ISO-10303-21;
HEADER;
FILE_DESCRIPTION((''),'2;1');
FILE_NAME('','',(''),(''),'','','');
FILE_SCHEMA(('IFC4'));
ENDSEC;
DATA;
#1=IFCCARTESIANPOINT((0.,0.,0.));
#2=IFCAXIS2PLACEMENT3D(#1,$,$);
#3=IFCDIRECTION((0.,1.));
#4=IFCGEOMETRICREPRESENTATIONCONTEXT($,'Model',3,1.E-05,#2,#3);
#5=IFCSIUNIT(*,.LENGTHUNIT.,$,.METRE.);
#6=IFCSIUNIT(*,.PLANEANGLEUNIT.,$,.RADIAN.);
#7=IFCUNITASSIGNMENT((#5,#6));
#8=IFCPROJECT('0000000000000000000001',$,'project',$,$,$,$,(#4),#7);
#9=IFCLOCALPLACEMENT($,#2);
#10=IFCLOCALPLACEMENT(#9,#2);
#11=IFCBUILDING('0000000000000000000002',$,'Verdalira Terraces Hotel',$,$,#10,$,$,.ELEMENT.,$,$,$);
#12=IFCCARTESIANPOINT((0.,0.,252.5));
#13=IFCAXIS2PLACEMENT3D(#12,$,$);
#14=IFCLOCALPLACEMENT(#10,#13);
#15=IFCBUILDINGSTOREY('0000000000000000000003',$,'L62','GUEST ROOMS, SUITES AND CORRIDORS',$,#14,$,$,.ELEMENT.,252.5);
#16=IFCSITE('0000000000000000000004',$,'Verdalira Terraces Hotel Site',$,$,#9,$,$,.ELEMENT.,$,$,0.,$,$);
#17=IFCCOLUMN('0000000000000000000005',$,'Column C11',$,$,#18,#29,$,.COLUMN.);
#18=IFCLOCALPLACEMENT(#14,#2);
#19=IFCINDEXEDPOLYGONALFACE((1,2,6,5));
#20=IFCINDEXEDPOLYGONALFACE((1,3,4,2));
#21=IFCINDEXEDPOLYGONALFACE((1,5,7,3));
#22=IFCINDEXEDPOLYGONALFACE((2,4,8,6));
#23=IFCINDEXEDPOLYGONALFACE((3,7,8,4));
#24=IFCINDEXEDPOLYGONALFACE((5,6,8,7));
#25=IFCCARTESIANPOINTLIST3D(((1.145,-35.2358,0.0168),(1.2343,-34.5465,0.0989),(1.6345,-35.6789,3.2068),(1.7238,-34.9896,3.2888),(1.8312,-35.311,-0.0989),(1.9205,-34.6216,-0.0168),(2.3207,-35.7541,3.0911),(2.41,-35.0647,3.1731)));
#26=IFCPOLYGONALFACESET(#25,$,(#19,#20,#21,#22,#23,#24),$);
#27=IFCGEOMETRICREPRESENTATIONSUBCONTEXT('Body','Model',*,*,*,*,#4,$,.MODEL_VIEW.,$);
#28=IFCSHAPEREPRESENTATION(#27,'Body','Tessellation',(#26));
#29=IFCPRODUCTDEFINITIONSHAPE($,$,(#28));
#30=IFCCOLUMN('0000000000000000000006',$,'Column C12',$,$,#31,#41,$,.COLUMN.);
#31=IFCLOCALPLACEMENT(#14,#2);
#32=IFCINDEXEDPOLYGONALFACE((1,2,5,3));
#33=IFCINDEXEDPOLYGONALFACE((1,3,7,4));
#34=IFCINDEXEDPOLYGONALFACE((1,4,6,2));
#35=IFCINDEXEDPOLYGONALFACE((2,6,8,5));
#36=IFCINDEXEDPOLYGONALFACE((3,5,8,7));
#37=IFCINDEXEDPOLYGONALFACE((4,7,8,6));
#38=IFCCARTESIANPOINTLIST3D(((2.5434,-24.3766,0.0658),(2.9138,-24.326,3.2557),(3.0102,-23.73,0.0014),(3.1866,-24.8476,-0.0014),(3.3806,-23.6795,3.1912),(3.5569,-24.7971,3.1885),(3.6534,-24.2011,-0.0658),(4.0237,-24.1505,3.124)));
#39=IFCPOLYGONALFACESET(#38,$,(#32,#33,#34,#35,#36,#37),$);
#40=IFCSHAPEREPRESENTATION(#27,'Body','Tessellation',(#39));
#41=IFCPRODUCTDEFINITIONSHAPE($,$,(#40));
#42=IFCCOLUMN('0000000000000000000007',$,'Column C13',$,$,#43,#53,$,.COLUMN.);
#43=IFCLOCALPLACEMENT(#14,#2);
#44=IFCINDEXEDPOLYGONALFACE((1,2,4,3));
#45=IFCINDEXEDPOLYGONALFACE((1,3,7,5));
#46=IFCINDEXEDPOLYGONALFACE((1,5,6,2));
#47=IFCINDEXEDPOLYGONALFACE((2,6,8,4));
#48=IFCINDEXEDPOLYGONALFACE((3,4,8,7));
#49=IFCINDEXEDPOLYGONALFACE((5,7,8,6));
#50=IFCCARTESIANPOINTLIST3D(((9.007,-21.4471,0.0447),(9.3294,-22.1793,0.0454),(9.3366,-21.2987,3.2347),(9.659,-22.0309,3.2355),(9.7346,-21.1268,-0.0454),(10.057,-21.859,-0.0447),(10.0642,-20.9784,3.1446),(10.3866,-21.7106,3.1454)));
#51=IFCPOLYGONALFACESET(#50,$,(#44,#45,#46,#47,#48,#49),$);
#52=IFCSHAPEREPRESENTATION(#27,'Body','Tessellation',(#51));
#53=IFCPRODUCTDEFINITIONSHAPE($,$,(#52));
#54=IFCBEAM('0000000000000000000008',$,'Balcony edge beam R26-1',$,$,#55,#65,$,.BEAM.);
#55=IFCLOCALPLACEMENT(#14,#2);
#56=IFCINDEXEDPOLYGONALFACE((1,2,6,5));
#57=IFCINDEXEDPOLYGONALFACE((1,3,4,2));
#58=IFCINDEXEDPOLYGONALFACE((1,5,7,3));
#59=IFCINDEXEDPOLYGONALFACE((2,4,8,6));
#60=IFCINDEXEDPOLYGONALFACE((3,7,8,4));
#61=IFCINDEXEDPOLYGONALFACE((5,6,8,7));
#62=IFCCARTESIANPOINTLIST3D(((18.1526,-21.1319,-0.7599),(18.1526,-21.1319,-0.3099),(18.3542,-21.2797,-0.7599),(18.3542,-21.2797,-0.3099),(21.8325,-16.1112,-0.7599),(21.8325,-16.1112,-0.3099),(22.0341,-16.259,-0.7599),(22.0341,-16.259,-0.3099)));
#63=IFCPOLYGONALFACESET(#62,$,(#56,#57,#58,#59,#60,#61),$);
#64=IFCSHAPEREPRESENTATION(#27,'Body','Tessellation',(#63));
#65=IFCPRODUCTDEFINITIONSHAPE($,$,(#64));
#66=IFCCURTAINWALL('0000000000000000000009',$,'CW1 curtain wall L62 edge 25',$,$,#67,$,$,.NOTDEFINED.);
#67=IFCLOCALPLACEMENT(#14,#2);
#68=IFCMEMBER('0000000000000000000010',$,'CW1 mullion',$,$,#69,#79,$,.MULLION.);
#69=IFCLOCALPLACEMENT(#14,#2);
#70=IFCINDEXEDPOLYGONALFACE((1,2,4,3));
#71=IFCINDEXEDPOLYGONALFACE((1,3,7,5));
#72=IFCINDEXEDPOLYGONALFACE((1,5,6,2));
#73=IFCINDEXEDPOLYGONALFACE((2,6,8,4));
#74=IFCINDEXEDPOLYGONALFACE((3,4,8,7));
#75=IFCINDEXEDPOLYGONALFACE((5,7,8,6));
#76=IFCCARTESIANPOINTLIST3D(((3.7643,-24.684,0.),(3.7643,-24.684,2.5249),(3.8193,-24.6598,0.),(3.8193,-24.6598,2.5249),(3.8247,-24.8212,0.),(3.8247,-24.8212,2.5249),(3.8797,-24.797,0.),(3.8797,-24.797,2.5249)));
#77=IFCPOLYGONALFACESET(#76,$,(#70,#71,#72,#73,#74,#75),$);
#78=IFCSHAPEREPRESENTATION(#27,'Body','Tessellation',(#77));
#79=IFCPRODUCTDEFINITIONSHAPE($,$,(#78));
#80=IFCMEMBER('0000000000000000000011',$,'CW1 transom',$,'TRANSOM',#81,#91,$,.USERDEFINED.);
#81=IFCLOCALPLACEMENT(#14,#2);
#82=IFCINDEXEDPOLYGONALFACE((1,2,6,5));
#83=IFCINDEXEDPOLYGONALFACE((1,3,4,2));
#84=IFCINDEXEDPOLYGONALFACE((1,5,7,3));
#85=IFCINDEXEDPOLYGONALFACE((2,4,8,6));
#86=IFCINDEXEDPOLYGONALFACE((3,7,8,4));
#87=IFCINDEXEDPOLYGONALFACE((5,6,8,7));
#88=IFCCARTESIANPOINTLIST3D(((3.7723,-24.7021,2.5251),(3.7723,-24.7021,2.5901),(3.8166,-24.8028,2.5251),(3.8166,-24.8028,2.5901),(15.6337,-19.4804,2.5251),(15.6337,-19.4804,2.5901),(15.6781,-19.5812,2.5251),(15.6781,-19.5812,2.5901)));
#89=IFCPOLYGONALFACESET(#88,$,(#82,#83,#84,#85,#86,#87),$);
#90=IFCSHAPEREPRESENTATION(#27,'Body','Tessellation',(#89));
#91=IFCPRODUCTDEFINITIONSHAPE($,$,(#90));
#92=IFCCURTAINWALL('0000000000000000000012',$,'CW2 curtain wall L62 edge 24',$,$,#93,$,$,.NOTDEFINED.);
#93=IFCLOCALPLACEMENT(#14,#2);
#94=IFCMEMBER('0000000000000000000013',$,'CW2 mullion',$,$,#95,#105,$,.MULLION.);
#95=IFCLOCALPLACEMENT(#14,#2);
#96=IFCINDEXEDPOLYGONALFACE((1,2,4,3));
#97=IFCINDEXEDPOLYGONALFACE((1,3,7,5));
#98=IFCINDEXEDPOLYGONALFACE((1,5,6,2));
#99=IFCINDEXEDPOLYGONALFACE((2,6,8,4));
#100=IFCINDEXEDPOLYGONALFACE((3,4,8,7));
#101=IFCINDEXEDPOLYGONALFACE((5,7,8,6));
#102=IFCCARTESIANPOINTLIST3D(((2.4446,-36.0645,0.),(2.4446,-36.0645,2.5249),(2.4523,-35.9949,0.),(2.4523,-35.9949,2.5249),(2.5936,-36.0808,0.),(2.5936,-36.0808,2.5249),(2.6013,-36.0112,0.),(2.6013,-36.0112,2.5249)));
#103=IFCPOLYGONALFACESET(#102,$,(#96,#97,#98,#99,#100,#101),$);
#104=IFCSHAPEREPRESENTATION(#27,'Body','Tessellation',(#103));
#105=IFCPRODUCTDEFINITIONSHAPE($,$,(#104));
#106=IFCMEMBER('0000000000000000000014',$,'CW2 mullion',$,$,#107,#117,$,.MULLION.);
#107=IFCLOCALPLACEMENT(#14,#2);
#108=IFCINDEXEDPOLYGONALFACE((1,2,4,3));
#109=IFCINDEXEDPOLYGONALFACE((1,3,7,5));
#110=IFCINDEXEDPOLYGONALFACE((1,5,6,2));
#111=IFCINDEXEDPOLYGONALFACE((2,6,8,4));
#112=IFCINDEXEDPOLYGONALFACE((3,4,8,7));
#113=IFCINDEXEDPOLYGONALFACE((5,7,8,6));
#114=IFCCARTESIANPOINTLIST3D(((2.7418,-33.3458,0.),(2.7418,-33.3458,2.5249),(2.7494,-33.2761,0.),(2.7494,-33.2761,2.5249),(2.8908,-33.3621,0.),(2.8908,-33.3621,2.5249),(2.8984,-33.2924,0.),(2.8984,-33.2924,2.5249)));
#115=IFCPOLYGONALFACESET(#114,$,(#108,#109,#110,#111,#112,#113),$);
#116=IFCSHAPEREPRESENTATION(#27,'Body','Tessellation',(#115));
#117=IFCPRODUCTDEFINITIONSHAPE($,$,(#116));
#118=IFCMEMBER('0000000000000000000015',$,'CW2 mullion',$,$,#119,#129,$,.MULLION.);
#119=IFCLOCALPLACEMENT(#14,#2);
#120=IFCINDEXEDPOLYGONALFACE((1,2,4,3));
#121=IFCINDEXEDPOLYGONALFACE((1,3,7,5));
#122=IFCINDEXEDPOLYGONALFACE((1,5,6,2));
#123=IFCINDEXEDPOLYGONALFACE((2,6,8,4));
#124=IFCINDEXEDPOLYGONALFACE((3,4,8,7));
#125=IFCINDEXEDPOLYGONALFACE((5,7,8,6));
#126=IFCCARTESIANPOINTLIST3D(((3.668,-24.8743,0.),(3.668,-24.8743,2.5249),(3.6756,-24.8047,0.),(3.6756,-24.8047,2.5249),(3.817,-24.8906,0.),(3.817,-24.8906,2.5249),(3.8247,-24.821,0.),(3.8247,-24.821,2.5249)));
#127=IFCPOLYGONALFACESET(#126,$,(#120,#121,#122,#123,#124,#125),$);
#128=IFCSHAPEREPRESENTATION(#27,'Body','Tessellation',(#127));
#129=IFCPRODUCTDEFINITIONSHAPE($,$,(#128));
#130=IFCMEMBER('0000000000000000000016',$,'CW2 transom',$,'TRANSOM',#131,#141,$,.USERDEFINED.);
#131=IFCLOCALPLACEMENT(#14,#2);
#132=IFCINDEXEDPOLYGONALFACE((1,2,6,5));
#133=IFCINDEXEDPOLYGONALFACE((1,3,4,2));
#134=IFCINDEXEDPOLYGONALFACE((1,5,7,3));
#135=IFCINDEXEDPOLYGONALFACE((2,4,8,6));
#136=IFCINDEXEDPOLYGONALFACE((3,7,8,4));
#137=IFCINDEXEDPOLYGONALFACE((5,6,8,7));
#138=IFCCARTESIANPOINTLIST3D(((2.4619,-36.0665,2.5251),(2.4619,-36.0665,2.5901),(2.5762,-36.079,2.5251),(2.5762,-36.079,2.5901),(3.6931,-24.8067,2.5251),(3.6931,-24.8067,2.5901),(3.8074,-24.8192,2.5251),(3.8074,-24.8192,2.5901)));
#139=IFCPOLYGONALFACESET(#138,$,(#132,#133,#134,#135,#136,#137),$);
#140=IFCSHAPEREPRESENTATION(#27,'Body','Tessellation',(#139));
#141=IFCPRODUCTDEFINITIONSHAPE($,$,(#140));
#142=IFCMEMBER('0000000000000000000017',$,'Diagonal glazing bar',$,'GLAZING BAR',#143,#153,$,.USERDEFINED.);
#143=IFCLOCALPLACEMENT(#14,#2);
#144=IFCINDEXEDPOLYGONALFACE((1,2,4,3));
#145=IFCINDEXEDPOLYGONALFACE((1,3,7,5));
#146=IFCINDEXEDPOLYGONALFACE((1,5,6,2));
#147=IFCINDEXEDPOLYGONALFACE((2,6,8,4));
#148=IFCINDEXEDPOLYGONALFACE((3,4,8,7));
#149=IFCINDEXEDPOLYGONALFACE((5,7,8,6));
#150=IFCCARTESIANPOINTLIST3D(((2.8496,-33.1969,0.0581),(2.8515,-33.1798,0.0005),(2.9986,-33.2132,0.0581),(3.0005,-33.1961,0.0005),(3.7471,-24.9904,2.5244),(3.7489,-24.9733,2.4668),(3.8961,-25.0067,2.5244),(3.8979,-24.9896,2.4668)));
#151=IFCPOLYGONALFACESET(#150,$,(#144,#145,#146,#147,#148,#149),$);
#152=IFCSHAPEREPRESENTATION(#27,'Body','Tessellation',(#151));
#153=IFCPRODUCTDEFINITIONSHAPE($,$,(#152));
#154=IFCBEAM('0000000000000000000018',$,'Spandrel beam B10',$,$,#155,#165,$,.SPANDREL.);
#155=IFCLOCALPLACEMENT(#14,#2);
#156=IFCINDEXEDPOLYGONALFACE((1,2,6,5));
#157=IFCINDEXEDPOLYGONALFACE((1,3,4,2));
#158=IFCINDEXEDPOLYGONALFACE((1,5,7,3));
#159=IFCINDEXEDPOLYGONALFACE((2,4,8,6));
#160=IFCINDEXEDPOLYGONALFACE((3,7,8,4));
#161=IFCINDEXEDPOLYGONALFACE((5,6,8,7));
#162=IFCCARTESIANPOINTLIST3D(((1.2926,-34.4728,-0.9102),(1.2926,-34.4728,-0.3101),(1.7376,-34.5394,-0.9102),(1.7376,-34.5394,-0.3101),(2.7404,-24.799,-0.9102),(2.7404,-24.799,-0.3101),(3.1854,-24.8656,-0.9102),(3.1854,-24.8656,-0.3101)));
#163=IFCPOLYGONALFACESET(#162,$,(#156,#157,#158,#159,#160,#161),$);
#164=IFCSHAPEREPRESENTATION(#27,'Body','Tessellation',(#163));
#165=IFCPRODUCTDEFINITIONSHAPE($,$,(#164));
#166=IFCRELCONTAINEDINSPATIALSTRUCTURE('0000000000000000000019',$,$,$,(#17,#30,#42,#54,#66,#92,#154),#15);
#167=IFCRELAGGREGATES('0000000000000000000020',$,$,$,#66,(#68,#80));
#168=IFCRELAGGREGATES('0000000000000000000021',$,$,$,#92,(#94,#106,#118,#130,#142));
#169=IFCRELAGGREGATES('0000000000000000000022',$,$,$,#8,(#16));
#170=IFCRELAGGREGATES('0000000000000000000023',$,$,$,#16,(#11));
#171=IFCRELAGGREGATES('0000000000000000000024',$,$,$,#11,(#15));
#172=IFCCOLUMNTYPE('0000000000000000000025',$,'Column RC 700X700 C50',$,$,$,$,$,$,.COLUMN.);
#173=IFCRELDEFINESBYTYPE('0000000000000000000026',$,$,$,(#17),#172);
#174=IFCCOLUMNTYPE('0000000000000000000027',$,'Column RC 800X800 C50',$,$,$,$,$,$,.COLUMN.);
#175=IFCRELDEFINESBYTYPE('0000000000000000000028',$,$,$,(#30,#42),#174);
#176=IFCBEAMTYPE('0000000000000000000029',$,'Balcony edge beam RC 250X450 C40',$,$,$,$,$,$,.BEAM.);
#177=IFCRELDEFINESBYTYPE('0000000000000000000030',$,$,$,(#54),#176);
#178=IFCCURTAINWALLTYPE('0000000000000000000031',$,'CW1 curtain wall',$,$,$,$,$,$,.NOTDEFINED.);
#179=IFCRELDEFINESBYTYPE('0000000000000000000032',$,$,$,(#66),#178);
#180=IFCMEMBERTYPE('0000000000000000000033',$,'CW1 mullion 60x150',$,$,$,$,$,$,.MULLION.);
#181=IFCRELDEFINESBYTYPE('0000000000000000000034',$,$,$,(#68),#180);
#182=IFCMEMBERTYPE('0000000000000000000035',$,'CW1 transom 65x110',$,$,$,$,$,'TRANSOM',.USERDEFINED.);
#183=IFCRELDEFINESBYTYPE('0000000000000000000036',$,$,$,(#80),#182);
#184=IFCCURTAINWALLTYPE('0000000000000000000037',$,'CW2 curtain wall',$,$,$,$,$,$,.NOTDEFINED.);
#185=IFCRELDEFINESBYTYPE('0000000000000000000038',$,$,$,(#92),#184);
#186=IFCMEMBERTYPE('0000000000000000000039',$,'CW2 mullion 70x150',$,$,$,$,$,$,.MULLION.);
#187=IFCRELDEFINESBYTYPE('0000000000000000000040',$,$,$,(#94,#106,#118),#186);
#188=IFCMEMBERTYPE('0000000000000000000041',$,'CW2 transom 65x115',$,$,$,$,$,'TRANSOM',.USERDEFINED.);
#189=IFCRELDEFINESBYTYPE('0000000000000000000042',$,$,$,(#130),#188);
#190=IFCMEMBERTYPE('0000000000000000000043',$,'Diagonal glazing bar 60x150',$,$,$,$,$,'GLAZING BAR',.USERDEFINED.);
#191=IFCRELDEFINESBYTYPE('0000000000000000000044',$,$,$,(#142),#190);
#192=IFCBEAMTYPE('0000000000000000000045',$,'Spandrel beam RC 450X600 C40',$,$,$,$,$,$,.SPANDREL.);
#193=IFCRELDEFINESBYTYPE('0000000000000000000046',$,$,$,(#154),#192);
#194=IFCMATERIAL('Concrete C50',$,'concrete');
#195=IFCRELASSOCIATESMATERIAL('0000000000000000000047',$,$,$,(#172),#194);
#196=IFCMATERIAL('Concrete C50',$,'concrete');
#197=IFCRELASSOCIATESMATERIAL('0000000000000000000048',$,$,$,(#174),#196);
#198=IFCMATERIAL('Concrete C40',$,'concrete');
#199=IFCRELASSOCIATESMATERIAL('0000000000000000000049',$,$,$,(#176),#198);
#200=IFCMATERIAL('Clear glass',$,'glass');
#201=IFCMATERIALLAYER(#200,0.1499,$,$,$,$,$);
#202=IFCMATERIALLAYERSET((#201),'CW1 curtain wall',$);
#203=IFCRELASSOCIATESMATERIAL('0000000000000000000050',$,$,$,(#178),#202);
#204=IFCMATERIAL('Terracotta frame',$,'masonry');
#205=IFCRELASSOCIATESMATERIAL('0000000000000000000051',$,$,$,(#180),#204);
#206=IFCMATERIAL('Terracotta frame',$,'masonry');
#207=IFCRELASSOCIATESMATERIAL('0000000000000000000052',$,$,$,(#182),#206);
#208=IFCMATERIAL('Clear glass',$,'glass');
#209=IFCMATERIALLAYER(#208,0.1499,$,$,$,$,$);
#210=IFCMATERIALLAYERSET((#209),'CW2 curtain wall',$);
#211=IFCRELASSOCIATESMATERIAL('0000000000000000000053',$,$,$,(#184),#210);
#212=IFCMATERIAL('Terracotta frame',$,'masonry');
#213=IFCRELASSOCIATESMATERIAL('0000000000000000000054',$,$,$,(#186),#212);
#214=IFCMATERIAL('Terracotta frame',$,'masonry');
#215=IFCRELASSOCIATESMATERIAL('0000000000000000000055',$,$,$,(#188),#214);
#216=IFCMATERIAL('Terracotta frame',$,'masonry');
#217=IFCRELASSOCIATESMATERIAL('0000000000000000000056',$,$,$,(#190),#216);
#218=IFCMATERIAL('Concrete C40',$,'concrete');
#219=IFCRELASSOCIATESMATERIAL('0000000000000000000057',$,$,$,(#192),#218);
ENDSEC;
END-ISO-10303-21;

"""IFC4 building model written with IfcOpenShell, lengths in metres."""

from ifc_helpers import new_model, si_unit, direction, frame, origin, origin_2d, place, context, subcontext, project, spatial, rectangle, extrude, material, layer, layer_set, material_profile, profile_set, type_object, element, aggregate, save


model = new_model("IFC4")

# Units and contexts
model_context = context("Model", 3, precision=1e-05, world=origin(), true_north=direction((0.0, 1.0)))
body_context = subcontext(model_context, "Body", "Model", "MODEL_VIEW")
ifc_project = project(units=[si_unit("LENGTHUNIT", "METRE"), si_unit("PLANEANGLEUNIT", "RADIAN")], contexts=[model_context])

# Site, building, storey
site_placement = place(None, origin())
site = spatial("IfcSite", under=ifc_project, at=site_placement, Name="Verdalira Terraces Hotel Site", CompositionType="ELEMENT", RefElevation=0.0)
building_placement = place(site_placement, origin())
building = spatial("IfcBuilding", under=site, at=building_placement, Name="Verdalira Terraces Hotel", CompositionType="ELEMENT")
storey_placement = place(building_placement, frame((0.0, 0.0, 252.5)))
storey = spatial("IfcBuildingStorey", under=building, at=storey_placement, Name="L62", Description="GUEST ROOMS, SUITES AND CORRIDORS", CompositionType="ELEMENT", Elevation=252.5)

# Columns
ifc_material_1 = material(Name="Concrete C50", Category="concrete")
ifc_material_profile_1 = material_profile(ifc_material_1, rectangle(XDim=0.7, YDim=0.7, at=origin_2d()), Name="RC 700X700")
ifc_profile_set_1 = profile_set([ifc_material_profile_1], Name="Concrete C50")
column_type_1 = type_object("IfcColumnType", Name="Column RC 700X700 C50", PredefinedType="COLUMN", material=ifc_profile_set_1)
column_1_placement = place(storey_placement, frame((1.5327, -34.9287, 0.0), z_axis=(0.150266, -0.136027, 0.979243), x_axis=(0.127595, 0.984874, 0.117229)))
element("IfcColumn", 1, at=column_1_placement, inside=storey, type_object=column_type_1, Name="Column C11", PredefinedType="COLUMN", context=body_context, shape_type="SweptSolid", body=[
    extrude(rectangle(XDim=0.7, YDim=0.7, at=origin_2d()), origin(), (0.0, 0.0, 1.0), 3.2576),
])
ifc_material_2 = material(Name="Concrete C50", Category="concrete")
ifc_material_profile_2 = material_profile(ifc_material_2, rectangle(XDim=0.8, YDim=0.8, at=origin_2d()), Name="RC 800X800")
ifc_profile_set_2 = profile_set([ifc_material_profile_2], Name="Concrete C50")
column_type_2 = type_object("IfcColumnType", Name="Column RC 800X800 C50", PredefinedType="COLUMN", material=ifc_profile_set_2)
column_2_placement = place(storey_placement, frame((3.0984, -24.2888, 0.0), z_axis=(0.115314, 0.015735, 0.993204), x_axis=(-0.583465, -0.808134, 0.080545)))
element("IfcColumn", 2, at=column_2_placement, inside=storey, type_object=column_type_2, Name="Column C12", PredefinedType="COLUMN", context=body_context, shape_type="SweptSolid", body=[
    extrude(rectangle(XDim=0.8, YDim=0.8, at=origin_2d()), origin(), (0.0, 0.0, 1.0), 3.2117),
])
column_3_placement = place(storey_placement, frame((9.532, -21.6531, 0.0), z_axis=(0.102665, 0.046237, 0.993641), x_axis=(0.909427, 0.400332, -0.112592)))
element("IfcColumn", 3, at=column_3_placement, inside=storey, type_object=column_type_2, Name="Column C13", PredefinedType="COLUMN", context=body_context, shape_type="SweptSolid", body=[
    extrude(rectangle(XDim=0.8, YDim=0.8, at=origin_2d()), origin(), (0.0, 0.0, 1.0), 3.2104),
])

# Beam
ifc_material_3 = material(Name="Concrete C40", Category="concrete")
ifc_material_profile_3 = material_profile(ifc_material_3, rectangle(XDim=0.25, YDim=0.45, at=origin_2d()), Name="RC 250X450")
ifc_profile_set_3 = profile_set([ifc_material_profile_3], Name="Concrete C40")
beam_type_1 = type_object("IfcBeamType", Name="Balcony edge beam RC 250X450 C40", PredefinedType="BEAM", material=ifc_profile_set_3)
beam_1_placement = place(storey_placement, frame((18.2534, -21.2058, -0.5349), z_axis=(0.59116, 0.806555, 0.0), x_axis=(-0.806555, 0.59116, 0.0)))
element("IfcBeam", 4, at=beam_1_placement, inside=storey, type_object=beam_type_1, Name="Balcony edge beam R26-1", PredefinedType="BEAM", context=body_context, shape_type="SweptSolid", body=[
    extrude(rectangle(XDim=0.25, YDim=0.45, at=origin_2d()), origin(), (0.0, 0.0, 1.0), 6.2249),
])

# Curtain walls, members
ifc_material_4 = material(Name="Clear glass", Category="glass")
ifc_layer_1 = layer(ifc_material_4, 0.1499)
ifc_layer_set_1 = layer_set([ifc_layer_1], Name="CW1 curtain wall")
curtain_wall_type_1 = type_object("IfcCurtainWallType", Name="CW1 curtain wall", PredefinedType="NOTDEFINED", material=ifc_layer_set_1)
curtain_wall_1_placement = place(storey_placement, origin())
curtain_wall_1 = element("IfcCurtainWall", 5, at=curtain_wall_1_placement, inside=storey, type_object=curtain_wall_type_1, Name="CW1 curtain wall L62 edge 25", PredefinedType="NOTDEFINED")
ifc_material_5 = material(Name="Terracotta frame", Category="masonry")
ifc_material_profile_4 = material_profile(ifc_material_5, rectangle(XDim=0.0601, YDim=0.1499, at=origin_2d()), Name="MU 60x150")
ifc_profile_set_4 = profile_set([ifc_material_profile_4], Name="Terracotta frame")
member_type_1 = type_object("IfcMemberType", Name="CW1 mullion 60x150", PredefinedType="MULLION", material=ifc_profile_set_4)
member_1_placement = place(storey_placement, frame((3.822, -24.7405, 0.0), z_axis=(0.0, 0.0, 1.0), x_axis=(0.915241, 0.402906, 0.0)))
member_1 = element("IfcMember", 6, at=member_1_placement, type_object=member_type_1, Name="CW1 mullion", PredefinedType="MULLION", context=body_context, shape_type="SweptSolid", body=[
    extrude(rectangle(XDim=0.0601, YDim=0.1499, at=origin_2d()), origin(), (0.0, 0.0, 1.0), 2.5249),
])
ifc_material_6 = material(Name="Terracotta frame", Category="masonry")
ifc_material_profile_5 = material_profile(ifc_material_6, rectangle(XDim=0.1101, YDim=0.0649, at=origin_2d()), Name="TR 65x110")
ifc_profile_set_5 = profile_set([ifc_material_profile_5], Name="Terracotta frame")
member_type_2 = type_object("IfcMemberType", Name="CW1 transom 65x110", ElementType="TRANSOM", PredefinedType="USERDEFINED", material=ifc_profile_set_5)
member_2_placement = place(storey_placement, frame((3.7944, -24.7524, 2.5576), z_axis=(0.915241, 0.402906, 0.0), x_axis=(-0.402906, 0.915241, 0.0)))
member_2 = element("IfcMember", 7, at=member_2_placement, type_object=member_type_2, Name="CW1 transom", ObjectType="TRANSOM", PredefinedType="USERDEFINED", context=body_context, shape_type="SweptSolid", body=[
    extrude(rectangle(XDim=0.1101, YDim=0.0649, at=origin_2d()), origin(), (0.0, 0.0, 1.0), 12.96),
])
ifc_material_7 = material(Name="Clear glass", Category="glass")
ifc_layer_2 = layer(ifc_material_7, 0.1499)
ifc_layer_set_2 = layer_set([ifc_layer_2], Name="CW2 curtain wall")
curtain_wall_type_2 = type_object("IfcCurtainWallType", Name="CW2 curtain wall", PredefinedType="NOTDEFINED", material=ifc_layer_set_2)
curtain_wall_2_placement = place(storey_placement, origin())
curtain_wall_2 = element("IfcCurtainWall", 8, at=curtain_wall_2_placement, inside=storey, type_object=curtain_wall_type_2, Name="CW2 curtain wall L62 edge 24", PredefinedType="NOTDEFINED")
ifc_material_8 = material(Name="Terracotta frame", Category="masonry")
ifc_material_profile_6 = material_profile(ifc_material_8, rectangle(XDim=0.0701, YDim=0.1499, at=origin_2d()), Name="MU 70x150")
ifc_profile_set_6 = profile_set([ifc_material_profile_6], Name="Terracotta frame")
member_type_3 = type_object("IfcMemberType", Name="CW2 mullion 70x150", PredefinedType="MULLION", material=ifc_profile_set_6)
member_3_placement = place(storey_placement, frame((2.5229, -36.0378, 0.0), z_axis=(0.0, 0.0, 1.0), x_axis=(0.108693, 0.994075, 0.0)))
member_3 = element("IfcMember", 9, at=member_3_placement, type_object=member_type_3, Name="CW2 mullion", PredefinedType="MULLION", context=body_context, shape_type="SweptSolid", body=[
    extrude(rectangle(XDim=0.0701, YDim=0.1499, at=origin_2d()), origin(), (0.0, 0.0, 1.0), 2.5249),
])
member_4_placement = place(storey_placement, frame((2.8201, -33.3191, 0.0), z_axis=(0.0, 0.0, 1.0), x_axis=(0.108693, 0.994075, 0.0)))
member_4 = element("IfcMember", 10, at=member_4_placement, type_object=member_type_3, Name="CW2 mullion", PredefinedType="MULLION", context=body_context, shape_type="SweptSolid", body=[
    extrude(rectangle(XDim=0.0701, YDim=0.1499, at=origin_2d()), origin(), (0.0, 0.0, 1.0), 2.5249),
])
member_5_placement = place(storey_placement, frame((3.7463, -24.8477, 0.0), z_axis=(0.0, 0.0, 1.0), x_axis=(0.108693, 0.994075, 0.0)))
member_5 = element("IfcMember", 11, at=member_5_placement, type_object=member_type_3, Name="CW2 mullion", PredefinedType="MULLION", context=body_context, shape_type="SweptSolid", body=[
    extrude(rectangle(XDim=0.0701, YDim=0.1499, at=origin_2d()), origin(), (0.0, 0.0, 1.0), 2.5249),
])
ifc_material_9 = material(Name="Terracotta frame", Category="masonry")
ifc_material_profile_7 = material_profile(ifc_material_9, rectangle(XDim=0.115, YDim=0.0649, at=origin_2d()), Name="TR 65x115")
ifc_profile_set_7 = profile_set([ifc_material_profile_7], Name="Terracotta frame")
member_type_4 = type_object("IfcMemberType", Name="CW2 transom 65x115", ElementType="TRANSOM", PredefinedType="USERDEFINED", material=ifc_profile_set_7)
member_6_placement = place(storey_placement, frame((2.519, -36.0728, 2.5576), z_axis=(0.108697, 0.994075, 0.0), x_axis=(-0.994075, 0.108697, 0.0)))
member_6 = element("IfcMember", 12, at=member_6_placement, type_object=member_type_4, Name="CW2 transom", ObjectType="TRANSOM", PredefinedType="USERDEFINED", context=body_context, shape_type="SweptSolid", body=[
    extrude(rectangle(XDim=0.115, YDim=0.0649, at=origin_2d()), origin(), (0.0, 0.0, 1.0), 11.3269),
])
ifc_material_10 = material(Name="Terracotta frame", Category="masonry")
ifc_material_profile_8 = material_profile(ifc_material_10, rectangle(XDim=0.1499, YDim=0.0601, at=origin_2d()), Name="GB 60x150")
ifc_profile_set_8 = profile_set([ifc_material_profile_8], Name="Terracotta frame")
member_type_5 = type_object("IfcMemberType", Name="Diagonal glazing bar 60x150", ElementType="GLAZING BAR", PredefinedType="USERDEFINED", material=ifc_profile_set_8)
member_7_placement = place(storey_placement, frame((2.925, -33.1965, 0.0293), z_axis=(0.104162, 0.952477, 0.286248), x_axis=(-0.994073, 0.108711, 0.0)))
member_7 = element("IfcMember", 13, at=member_7_placement, type_object=member_type_5, Name="Diagonal glazing bar", ObjectType="GLAZING BAR", PredefinedType="USERDEFINED", context=body_context, shape_type="SweptSolid", body=[
    extrude(rectangle(XDim=0.1499, YDim=0.0601, at=origin_2d()), origin(), (0.0, 0.0, 1.0), 8.616),
])

# Beam
ifc_material_11 = material(Name="Concrete C40", Category="concrete")
ifc_material_profile_9 = material_profile(ifc_material_11, rectangle(XDim=0.45, YDim=0.6001, at=origin_2d()), Name="RC 450X600")
ifc_profile_set_9 = profile_set([ifc_material_profile_9], Name="Concrete C40")
beam_type_2 = type_object("IfcBeamType", Name="Spandrel beam RC 450X600 C40", PredefinedType="SPANDREL", material=ifc_profile_set_9)
beam_2_placement = place(storey_placement, frame((1.5151, -34.5061, -0.6101), z_axis=(0.148008, 0.988986, 0.0), x_axis=(-0.988986, 0.148008, 0.0)))
element("IfcBeam", 14, at=beam_2_placement, inside=storey, type_object=beam_type_2, Name="Spandrel beam B10", PredefinedType="SPANDREL", context=body_context, shape_type="SweptSolid", body=[
    extrude(rectangle(XDim=0.45, YDim=0.6001, at=origin_2d()), origin(), (0.0, 0.0, 1.0), 9.7815),
])

aggregate(curtain_wall_1, [member_1, member_2])
aggregate(curtain_wall_2, [member_3, member_4, member_5, member_6, member_7])

save(model, "model.ifc")
